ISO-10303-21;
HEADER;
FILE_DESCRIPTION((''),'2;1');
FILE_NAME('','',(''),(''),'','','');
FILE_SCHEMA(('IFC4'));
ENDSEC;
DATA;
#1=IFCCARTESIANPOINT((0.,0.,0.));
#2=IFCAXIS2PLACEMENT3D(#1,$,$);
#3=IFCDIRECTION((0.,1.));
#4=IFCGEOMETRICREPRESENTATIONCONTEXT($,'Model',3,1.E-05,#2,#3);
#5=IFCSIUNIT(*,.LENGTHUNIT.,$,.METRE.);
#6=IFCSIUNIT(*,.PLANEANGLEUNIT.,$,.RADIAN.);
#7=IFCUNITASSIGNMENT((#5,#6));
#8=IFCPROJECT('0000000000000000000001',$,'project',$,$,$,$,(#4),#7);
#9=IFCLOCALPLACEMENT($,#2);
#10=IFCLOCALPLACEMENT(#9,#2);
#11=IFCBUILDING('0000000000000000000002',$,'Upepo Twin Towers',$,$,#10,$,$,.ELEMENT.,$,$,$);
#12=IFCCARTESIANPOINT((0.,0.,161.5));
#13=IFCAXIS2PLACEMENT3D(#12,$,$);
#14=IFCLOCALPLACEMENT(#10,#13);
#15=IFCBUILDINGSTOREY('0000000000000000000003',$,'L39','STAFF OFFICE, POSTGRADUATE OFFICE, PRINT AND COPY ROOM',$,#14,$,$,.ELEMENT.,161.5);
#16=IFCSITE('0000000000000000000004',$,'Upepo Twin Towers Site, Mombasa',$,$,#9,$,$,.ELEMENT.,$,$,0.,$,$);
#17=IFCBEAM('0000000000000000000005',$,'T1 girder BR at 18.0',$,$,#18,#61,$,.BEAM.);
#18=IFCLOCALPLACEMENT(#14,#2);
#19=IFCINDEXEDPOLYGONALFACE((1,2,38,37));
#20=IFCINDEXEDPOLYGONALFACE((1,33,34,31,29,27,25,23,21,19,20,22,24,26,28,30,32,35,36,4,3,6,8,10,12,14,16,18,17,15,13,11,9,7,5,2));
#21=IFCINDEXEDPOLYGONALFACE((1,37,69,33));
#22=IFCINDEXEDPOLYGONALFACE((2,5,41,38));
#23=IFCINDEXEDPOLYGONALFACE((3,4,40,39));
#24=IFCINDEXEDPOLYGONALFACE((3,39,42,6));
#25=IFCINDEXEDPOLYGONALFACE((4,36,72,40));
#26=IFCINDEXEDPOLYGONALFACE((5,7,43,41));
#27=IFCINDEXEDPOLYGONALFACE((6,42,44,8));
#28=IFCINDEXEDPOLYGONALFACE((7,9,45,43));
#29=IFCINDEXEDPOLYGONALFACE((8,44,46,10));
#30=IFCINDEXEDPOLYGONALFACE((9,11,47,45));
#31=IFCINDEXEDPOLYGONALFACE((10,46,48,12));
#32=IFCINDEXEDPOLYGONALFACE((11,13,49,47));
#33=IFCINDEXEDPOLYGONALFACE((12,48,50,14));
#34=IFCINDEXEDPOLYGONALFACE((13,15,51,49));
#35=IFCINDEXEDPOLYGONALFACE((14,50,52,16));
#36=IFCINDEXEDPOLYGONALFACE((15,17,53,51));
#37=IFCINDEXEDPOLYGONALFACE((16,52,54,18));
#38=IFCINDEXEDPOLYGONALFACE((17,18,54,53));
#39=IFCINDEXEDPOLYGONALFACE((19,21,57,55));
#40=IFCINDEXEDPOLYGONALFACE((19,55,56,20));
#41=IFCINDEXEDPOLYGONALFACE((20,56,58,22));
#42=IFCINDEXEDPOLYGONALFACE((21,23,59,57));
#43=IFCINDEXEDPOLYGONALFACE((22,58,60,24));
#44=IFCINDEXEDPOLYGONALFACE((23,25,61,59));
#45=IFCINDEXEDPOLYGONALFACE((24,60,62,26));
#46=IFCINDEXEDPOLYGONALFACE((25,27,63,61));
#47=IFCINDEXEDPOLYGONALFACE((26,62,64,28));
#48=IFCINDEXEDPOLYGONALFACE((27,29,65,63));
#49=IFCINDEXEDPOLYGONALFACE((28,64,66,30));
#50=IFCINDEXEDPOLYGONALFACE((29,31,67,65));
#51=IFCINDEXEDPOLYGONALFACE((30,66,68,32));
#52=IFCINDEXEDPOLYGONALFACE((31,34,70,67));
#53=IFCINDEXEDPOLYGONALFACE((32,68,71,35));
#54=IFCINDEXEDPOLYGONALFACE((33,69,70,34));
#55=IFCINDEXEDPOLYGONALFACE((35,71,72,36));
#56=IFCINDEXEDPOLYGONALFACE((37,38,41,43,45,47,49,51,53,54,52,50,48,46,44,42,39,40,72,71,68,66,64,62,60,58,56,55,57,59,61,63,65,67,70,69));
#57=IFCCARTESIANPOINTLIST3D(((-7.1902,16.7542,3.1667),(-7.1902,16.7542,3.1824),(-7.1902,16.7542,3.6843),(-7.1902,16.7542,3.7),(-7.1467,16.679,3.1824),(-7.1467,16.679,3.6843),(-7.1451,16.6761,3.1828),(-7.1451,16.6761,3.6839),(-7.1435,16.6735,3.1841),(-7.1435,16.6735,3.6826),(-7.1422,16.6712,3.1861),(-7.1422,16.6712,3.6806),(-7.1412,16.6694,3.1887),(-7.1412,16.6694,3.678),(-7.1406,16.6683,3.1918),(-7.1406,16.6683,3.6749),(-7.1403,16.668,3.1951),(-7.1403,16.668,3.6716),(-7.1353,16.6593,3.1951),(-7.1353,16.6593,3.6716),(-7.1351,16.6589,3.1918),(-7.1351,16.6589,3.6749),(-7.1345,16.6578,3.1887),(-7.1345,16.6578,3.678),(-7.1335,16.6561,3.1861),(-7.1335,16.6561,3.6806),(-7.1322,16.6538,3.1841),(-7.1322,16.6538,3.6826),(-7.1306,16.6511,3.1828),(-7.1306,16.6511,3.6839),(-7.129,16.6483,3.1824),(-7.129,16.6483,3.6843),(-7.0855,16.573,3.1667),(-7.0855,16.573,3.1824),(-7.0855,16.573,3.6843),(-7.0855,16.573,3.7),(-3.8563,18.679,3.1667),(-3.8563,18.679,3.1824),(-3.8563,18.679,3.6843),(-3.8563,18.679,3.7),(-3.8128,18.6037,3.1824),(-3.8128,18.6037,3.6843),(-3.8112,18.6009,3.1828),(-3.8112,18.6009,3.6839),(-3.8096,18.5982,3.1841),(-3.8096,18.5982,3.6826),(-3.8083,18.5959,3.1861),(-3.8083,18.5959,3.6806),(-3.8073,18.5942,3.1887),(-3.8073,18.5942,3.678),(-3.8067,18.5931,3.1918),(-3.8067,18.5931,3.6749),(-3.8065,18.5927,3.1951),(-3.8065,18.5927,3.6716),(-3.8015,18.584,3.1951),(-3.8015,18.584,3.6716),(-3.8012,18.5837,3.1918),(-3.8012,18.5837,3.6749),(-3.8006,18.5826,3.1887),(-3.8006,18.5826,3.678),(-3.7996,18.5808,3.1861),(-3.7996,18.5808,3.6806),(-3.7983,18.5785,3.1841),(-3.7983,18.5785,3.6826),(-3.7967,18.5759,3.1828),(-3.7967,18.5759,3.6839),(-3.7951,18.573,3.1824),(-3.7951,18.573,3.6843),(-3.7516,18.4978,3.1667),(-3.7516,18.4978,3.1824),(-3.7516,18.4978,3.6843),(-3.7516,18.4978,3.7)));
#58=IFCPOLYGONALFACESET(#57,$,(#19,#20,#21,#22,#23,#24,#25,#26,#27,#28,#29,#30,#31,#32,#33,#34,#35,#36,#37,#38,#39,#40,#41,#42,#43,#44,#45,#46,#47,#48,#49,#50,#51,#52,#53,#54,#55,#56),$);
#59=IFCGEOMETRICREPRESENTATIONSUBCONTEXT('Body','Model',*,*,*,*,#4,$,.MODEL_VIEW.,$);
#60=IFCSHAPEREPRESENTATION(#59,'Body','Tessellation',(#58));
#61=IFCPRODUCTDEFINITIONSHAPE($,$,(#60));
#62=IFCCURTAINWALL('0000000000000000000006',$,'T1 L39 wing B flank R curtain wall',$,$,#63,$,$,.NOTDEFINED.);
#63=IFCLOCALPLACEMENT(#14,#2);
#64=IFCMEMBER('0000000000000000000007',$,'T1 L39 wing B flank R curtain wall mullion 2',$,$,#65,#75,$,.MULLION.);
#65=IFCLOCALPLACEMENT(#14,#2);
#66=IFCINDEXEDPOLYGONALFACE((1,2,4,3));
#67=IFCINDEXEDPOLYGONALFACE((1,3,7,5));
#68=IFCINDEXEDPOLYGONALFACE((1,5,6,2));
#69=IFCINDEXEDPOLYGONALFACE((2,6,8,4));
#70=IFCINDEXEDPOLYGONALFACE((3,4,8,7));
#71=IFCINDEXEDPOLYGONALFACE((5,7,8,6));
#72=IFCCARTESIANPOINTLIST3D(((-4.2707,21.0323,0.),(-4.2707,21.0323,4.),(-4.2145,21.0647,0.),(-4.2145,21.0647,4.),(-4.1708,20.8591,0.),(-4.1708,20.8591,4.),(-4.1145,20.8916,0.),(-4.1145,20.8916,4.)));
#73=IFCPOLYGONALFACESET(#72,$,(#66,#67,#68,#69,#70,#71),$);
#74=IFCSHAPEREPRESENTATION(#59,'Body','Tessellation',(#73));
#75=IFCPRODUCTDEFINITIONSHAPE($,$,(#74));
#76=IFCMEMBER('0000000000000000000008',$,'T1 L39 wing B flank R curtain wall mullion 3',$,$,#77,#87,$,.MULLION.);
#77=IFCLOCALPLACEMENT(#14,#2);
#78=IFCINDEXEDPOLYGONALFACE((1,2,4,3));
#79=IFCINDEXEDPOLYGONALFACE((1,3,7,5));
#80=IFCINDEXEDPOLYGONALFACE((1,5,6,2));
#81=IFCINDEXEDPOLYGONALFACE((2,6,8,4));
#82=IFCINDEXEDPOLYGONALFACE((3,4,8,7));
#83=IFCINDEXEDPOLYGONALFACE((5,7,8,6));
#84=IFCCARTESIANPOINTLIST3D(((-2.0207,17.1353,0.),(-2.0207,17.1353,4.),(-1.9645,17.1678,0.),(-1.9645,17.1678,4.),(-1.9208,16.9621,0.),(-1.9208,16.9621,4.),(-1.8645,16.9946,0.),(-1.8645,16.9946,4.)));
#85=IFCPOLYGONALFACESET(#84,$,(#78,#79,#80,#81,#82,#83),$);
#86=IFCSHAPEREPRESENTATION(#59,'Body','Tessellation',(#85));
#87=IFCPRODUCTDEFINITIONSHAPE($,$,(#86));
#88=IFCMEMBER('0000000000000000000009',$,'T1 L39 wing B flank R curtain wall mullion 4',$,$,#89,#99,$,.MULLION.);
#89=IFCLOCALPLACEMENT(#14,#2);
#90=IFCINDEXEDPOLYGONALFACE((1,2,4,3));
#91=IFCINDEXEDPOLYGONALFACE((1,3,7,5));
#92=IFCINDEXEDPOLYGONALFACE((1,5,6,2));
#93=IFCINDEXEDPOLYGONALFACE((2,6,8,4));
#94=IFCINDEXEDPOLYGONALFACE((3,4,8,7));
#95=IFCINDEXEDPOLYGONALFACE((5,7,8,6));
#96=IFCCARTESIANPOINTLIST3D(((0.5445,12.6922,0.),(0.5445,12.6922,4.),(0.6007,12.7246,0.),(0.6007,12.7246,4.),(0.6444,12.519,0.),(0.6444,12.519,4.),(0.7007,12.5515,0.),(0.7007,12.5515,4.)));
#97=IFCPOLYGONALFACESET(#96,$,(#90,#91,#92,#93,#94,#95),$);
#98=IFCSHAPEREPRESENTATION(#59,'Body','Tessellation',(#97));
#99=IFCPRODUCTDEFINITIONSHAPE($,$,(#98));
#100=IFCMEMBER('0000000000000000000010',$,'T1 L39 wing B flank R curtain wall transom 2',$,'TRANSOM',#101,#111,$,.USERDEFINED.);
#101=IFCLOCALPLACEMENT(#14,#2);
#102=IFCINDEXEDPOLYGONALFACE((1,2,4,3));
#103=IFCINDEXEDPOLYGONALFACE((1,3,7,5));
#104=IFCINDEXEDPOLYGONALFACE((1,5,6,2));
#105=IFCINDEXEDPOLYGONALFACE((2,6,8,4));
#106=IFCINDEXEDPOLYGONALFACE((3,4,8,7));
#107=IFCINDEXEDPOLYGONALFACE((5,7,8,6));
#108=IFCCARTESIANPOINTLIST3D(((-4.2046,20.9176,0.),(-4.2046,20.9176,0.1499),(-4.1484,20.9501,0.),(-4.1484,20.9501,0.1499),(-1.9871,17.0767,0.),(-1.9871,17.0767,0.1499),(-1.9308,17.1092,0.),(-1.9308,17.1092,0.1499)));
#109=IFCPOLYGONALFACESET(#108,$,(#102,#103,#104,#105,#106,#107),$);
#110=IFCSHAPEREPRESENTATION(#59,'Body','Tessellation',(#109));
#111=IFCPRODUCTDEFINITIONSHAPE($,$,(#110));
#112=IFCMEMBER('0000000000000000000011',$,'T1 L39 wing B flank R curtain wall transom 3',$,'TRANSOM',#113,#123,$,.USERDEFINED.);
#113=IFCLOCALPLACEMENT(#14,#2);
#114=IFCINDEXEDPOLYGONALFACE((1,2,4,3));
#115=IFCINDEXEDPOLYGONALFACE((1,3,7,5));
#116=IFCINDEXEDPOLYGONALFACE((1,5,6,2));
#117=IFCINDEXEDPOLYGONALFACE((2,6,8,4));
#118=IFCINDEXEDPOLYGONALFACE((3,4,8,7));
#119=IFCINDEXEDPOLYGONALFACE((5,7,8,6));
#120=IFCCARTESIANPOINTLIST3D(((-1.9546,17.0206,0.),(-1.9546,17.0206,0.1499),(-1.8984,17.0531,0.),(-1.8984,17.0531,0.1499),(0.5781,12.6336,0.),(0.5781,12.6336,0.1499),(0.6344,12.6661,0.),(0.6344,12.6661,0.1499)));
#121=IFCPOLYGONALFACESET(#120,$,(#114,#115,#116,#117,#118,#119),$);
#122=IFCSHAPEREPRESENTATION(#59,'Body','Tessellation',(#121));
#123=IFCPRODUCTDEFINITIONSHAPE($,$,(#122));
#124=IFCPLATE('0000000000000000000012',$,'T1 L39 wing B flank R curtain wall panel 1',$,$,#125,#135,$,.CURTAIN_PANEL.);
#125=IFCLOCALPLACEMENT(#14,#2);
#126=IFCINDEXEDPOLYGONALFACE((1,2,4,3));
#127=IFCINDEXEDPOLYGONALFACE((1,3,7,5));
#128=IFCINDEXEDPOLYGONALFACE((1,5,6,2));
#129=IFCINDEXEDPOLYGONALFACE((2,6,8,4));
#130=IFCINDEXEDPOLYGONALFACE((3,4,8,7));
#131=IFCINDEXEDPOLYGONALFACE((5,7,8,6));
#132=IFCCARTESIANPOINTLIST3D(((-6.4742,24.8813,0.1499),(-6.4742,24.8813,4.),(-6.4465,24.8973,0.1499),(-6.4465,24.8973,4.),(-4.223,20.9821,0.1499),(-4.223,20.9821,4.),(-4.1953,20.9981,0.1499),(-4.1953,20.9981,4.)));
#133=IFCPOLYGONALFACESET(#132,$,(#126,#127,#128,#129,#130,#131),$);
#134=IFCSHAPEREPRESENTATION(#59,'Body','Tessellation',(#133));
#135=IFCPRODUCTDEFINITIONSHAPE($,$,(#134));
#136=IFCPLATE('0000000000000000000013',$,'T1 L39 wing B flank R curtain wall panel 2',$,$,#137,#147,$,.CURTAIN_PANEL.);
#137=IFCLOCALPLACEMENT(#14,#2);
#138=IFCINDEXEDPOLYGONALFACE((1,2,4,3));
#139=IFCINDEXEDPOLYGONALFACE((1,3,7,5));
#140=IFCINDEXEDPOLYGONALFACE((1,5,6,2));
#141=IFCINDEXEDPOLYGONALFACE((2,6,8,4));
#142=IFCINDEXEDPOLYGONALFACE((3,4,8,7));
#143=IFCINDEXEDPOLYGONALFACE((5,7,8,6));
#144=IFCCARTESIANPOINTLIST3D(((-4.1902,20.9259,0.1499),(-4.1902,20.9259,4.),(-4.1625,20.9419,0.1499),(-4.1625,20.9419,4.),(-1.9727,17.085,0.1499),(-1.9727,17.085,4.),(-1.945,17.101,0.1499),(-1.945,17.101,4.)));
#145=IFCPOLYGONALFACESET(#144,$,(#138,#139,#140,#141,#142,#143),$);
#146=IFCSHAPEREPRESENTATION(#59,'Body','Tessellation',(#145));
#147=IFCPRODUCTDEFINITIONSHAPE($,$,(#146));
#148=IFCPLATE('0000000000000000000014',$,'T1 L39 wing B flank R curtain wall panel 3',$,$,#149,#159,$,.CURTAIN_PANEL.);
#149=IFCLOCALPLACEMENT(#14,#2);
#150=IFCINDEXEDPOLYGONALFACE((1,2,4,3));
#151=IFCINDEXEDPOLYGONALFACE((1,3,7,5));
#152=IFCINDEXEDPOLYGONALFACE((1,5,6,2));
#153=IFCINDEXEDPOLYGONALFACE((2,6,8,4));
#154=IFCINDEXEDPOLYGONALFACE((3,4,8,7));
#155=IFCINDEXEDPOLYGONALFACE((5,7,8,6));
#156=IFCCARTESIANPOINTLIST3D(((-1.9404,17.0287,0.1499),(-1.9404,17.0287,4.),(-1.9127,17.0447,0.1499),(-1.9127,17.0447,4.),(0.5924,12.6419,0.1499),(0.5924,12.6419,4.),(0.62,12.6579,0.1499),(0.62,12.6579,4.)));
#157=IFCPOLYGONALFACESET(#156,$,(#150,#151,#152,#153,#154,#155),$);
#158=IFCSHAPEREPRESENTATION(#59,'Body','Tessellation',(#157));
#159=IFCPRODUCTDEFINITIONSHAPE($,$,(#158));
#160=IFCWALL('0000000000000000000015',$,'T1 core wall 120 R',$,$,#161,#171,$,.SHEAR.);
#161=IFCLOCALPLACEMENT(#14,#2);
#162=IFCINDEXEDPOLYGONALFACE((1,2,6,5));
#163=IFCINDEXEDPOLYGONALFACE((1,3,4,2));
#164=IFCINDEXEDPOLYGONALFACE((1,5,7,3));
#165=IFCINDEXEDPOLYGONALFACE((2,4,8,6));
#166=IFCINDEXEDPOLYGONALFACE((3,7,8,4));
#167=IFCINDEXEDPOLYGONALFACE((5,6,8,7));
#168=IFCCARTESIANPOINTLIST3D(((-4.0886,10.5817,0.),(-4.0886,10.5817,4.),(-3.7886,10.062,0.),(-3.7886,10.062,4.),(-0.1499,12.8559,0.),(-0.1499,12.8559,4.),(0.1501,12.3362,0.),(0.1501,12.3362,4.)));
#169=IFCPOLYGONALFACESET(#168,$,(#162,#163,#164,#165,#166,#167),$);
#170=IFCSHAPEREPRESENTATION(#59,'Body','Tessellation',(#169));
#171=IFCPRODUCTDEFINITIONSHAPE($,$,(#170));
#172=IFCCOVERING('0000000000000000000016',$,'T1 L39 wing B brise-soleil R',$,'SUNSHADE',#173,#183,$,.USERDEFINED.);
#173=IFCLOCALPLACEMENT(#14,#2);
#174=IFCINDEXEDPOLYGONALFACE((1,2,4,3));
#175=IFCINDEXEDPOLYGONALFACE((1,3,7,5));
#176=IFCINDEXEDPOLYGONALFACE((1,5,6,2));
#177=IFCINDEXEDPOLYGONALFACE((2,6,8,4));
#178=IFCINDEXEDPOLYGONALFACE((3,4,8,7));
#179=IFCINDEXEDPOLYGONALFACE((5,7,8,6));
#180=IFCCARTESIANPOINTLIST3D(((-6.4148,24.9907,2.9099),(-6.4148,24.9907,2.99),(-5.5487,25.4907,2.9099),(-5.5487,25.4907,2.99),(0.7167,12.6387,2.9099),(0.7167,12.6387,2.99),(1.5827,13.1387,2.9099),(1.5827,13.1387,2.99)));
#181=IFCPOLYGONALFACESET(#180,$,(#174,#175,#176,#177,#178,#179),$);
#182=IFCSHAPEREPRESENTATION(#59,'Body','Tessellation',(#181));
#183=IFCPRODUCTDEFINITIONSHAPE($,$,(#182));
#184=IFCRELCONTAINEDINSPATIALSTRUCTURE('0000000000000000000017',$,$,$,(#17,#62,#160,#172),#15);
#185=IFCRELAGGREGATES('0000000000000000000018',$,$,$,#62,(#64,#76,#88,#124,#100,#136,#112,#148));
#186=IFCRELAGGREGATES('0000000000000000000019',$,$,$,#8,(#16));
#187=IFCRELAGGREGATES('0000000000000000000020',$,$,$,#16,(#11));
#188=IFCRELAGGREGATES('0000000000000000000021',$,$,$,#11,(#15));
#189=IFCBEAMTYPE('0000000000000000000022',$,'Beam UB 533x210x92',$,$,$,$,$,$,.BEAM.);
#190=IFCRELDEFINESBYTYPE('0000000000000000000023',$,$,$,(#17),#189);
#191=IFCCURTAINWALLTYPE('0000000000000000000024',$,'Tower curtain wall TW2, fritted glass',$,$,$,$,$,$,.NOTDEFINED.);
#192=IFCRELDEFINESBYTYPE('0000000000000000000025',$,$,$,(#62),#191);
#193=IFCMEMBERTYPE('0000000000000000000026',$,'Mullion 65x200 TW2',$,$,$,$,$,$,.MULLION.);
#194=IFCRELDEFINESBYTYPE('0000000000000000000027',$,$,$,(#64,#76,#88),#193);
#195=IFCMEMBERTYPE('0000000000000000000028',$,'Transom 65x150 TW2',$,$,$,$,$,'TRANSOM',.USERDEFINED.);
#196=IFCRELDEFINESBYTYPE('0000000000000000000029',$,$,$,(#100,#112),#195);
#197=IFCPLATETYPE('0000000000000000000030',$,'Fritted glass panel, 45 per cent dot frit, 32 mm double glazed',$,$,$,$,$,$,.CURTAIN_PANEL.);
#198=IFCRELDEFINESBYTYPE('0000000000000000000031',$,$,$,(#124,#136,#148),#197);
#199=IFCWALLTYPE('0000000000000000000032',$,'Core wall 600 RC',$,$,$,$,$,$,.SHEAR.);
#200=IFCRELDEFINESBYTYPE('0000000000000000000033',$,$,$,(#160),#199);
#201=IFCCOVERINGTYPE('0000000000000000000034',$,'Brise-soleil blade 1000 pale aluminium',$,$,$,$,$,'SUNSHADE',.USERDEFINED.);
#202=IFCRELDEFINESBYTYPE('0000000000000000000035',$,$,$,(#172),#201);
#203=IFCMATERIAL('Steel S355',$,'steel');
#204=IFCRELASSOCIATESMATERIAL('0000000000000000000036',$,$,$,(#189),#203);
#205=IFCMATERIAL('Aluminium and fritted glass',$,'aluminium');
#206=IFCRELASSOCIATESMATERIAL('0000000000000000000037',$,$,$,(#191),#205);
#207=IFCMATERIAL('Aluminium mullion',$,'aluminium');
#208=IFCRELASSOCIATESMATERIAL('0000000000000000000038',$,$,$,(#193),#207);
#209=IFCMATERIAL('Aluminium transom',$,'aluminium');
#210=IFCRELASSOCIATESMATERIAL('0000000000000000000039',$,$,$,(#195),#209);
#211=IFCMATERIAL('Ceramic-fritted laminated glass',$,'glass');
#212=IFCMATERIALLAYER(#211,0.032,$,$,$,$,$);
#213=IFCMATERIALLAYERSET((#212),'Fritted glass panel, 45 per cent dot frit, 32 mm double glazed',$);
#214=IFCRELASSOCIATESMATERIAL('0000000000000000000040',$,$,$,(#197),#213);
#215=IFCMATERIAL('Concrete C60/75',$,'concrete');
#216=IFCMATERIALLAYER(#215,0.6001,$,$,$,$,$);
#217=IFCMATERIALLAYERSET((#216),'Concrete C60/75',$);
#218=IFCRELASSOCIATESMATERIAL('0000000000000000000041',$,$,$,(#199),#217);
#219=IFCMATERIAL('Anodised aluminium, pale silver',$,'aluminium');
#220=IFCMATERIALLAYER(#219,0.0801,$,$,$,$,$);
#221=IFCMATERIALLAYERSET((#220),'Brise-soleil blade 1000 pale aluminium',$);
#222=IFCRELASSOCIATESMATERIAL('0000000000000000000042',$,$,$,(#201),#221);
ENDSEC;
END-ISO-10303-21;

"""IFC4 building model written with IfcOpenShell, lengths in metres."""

from ifc_helpers import new_model, si_unit, direction, frame, frame_2d, origin, origin_2d, place, context, subcontext, project, spatial, rectangle, i_section, extrude, material, layer, layer_set, material_profile, profile_set, type_object, element, aggregate, save


model = new_model("IFC4")

# Units and contexts
model_context = context("Model", 3, precision=1e-05, world=origin(), true_north=direction((0.0, 1.0)))
body_context = subcontext(model_context, "Body", "Model", "MODEL_VIEW")
ifc_project = project(units=[si_unit("LENGTHUNIT", "METRE"), si_unit("PLANEANGLEUNIT", "RADIAN")], contexts=[model_context])

# Site, building, storey
site_placement = place(None, origin())
site = spatial("IfcSite", under=ifc_project, at=site_placement, Name="Upepo Twin Towers Site, Mombasa", CompositionType="ELEMENT", RefElevation=0.0)
building_placement = place(site_placement, origin())
building = spatial("IfcBuilding", under=site, at=building_placement, Name="Upepo Twin Towers", CompositionType="ELEMENT")
storey_placement = place(building_placement, frame((0.0, 0.0, 161.5)))
storey = spatial("IfcBuildingStorey", under=building, at=storey_placement, Name="L39", Description="STAFF OFFICE, POSTGRADUATE OFFICE, PRINT AND COPY ROOM", CompositionType="ELEMENT", Elevation=161.5)

# Beam
ifc_material_1 = material(Name="Steel S355", Category="steel")
ifc_material_profile_1 = material_profile(ifc_material_1, i_section(OverallWidth=0.2092, OverallDepth=0.5332, WebThickness=0.01, FlangeThickness=0.0156, FilletRadius=0.0127, at=origin_2d()), Name="UB 533x210x92")
ifc_profile_set_1 = profile_set([ifc_material_profile_1], Name="Steel S355")
beam_type_1 = type_object("IfcBeamType", Name="Beam UB 533x210x92", PredefinedType="BEAM", material=ifc_profile_set_1)
beam_1_placement = place(storey_placement, frame((-3.804, 18.5884, 3.4333), z_axis=(-0.866034, -0.499986, 0.0), x_axis=(0.499986, -0.866034, 0.0)))
element("IfcBeam", 1, at=beam_1_placement, inside=storey, type_object=beam_type_1, Name="T1 girder BR at 18.0", PredefinedType="BEAM", context=body_context, shape_type="SweptSolid", body=[
    extrude(i_section(OverallWidth=0.2092, OverallDepth=0.5332, WebThickness=0.01, FlangeThickness=0.0156, FilletRadius=0.0127, at=origin_2d()), origin(), (0.0, 0.0, 1.0), 3.8496),
])

# Curtain wall, members, plates
ifc_material_2 = material(Name="Aluminium and fritted glass", Category="aluminium")
curtain_wall_type = type_object("IfcCurtainWallType", Name="Tower curtain wall TW2, fritted glass", PredefinedType="NOTDEFINED", material=ifc_material_2)
curtain_wall_placement = place(storey_placement, origin())
curtain_wall = element("IfcCurtainWall", 2, at=curtain_wall_placement, inside=storey, type_object=curtain_wall_type, Name="T1 L39 wing B flank R curtain wall", PredefinedType="NOTDEFINED")
ifc_material_3 = material(Name="Aluminium mullion", Category="aluminium")
ifc_material_profile_2 = material_profile(ifc_material_3, rectangle(XDim=0.0649, YDim=0.2, at=origin_2d()), Name="MULLION 65x200")
ifc_profile_set_2 = profile_set([ifc_material_profile_2], Name="Aluminium mullion")
member_type_1 = type_object("IfcMemberType", Name="Mullion 65x200 TW2", PredefinedType="MULLION", material=ifc_profile_set_2)
member_1_placement = place(storey_placement, frame((-4.1926, 20.9619, 0.0), z_axis=(0.0, 0.0, 1.0), x_axis=(0.866025, 0.5, 0.0)))
member_1 = element("IfcMember", 3, at=member_1_placement, type_object=member_type_1, Name="T1 L39 wing B flank R curtain wall mullion 2", PredefinedType="MULLION", context=body_context, shape_type="SweptSolid", body=[
    extrude(rectangle(XDim=0.0649, YDim=0.2, at=origin_2d()), origin(), (0.0, 0.0, 1.0), 4.0),
])
member_2_placement = place(storey_placement, frame((-1.9426, 17.0649, 0.0), z_axis=(0.0, 0.0, 1.0), x_axis=(0.866025, 0.5, 0.0)))
member_2 = element("IfcMember", 4, at=member_2_placement, type_object=member_type_1, Name="T1 L39 wing B flank R curtain wall mullion 3", PredefinedType="MULLION", context=body_context, shape_type="SweptSolid", body=[
    extrude(rectangle(XDim=0.0649, YDim=0.2, at=origin_2d()), origin(), (0.0, 0.0, 1.0), 4.0),
])
member_3_placement = place(storey_placement, frame((0.6226, 12.6218, 0.0), z_axis=(0.0, 0.0, 1.0), x_axis=(0.866025, 0.5, 0.0)))
member_3 = element("IfcMember", 5, at=member_3_placement, type_object=member_type_1, Name="T1 L39 wing B flank R curtain wall mullion 4", PredefinedType="MULLION", context=body_context, shape_type="SweptSolid", body=[
    extrude(rectangle(XDim=0.0649, YDim=0.2, at=origin_2d()), origin(), (0.0, 0.0, 1.0), 4.0),
])
ifc_material_4 = material(Name="Aluminium transom", Category="aluminium")
ifc_material_profile_3 = material_profile(ifc_material_4, rectangle(XDim=0.0649, YDim=0.1499, at=origin_2d()), Name="TRANSOM 65x150")
ifc_profile_set_3 = profile_set([ifc_material_profile_3], Name="Aluminium transom")
member_type_2 = type_object("IfcMemberType", Name="Transom 65x150 TW2", ElementType="TRANSOM", PredefinedType="USERDEFINED", material=ifc_profile_set_3)
member_4_placement = place(storey_placement, frame((-4.1765, 20.9338, 0.075), z_axis=(0.500005, -0.866022, 0.0), x_axis=(0.866022, 0.500005, 0.0)))
member_4 = element("IfcMember", 6, at=member_4_placement, type_object=member_type_2, Name="T1 L39 wing B flank R curtain wall transom 2", ObjectType="TRANSOM", PredefinedType="USERDEFINED", context=body_context, shape_type="SweptSolid", body=[
    extrude(rectangle(XDim=0.0649, YDim=0.1499, at=origin_2d()), origin(), (0.0, 0.0, 1.0), 4.4351),
])
member_5_placement = place(storey_placement, frame((-1.9265, 17.0369, 0.075), z_axis=(0.499985, -0.866034, 0.0), x_axis=(0.866034, 0.499985, 0.0)))
member_5 = element("IfcMember", 7, at=member_5_placement, type_object=member_type_2, Name="T1 L39 wing B flank R curtain wall transom 3", ObjectType="TRANSOM", PredefinedType="USERDEFINED", context=body_context, shape_type="SweptSolid", body=[
    extrude(rectangle(XDim=0.0649, YDim=0.1499, at=origin_2d()), origin(), (0.0, 0.0, 1.0), 5.0657),
])
ifc_material_5 = material(Name="Ceramic-fritted laminated glass", Category="glass")
ifc_layer_1 = layer(ifc_material_5, 0.032)
ifc_layer_set_1 = layer_set([ifc_layer_1], Name="Fritted glass panel, 45 per cent dot frit, 32 mm double glazed")
plate_type = type_object("IfcPlateType", Name="Fritted glass panel, 45 per cent dot frit, 32 mm double glazed", PredefinedType="CURTAIN_PANEL", material=ifc_layer_set_1)
plate_1_placement = place(storey_placement, frame((-5.3347, 22.9397, 0.1499), z_axis=(0.0, 0.0, 1.0), x_axis=(0.5, -0.866025, 0.0)))
plate_1 = element("IfcPlate", 8, at=plate_1_placement, type_object=plate_type, Name="T1 L39 wing B flank R curtain wall panel 1", PredefinedType="CURTAIN_PANEL", context=body_context, shape_type="SweptSolid", body=[
    extrude(rectangle(XDim=4.5024, YDim=0.032, at=origin_2d()), origin(), (0.0, 0.0, 1.0), 3.8501),
])
plate_2_placement = place(storey_placement, frame((-3.0676, 19.0134, 0.1499), z_axis=(0.0, 0.0, 1.0), x_axis=(0.5, -0.866025, 0.0)))
plate_2 = element("IfcPlate", 9, at=plate_2_placement, type_object=plate_type, Name="T1 L39 wing B flank R curtain wall panel 2", PredefinedType="CURTAIN_PANEL", context=body_context, shape_type="SweptSolid", body=[
    extrude(rectangle(XDim=4.4351, YDim=0.032, at=origin_2d()), origin(), (0.0, 0.0, 1.0), 3.8501),
])
plate_3_placement = place(storey_placement, frame((-0.6602, 14.8433, 0.1499), z_axis=(0.0, 0.0, 1.0), x_axis=(0.5, -0.866025, 0.0)))
plate_3 = element("IfcPlate", 10, at=plate_3_placement, type_object=plate_type, Name="T1 L39 wing B flank R curtain wall panel 3", PredefinedType="CURTAIN_PANEL", context=body_context, shape_type="SweptSolid", body=[
    extrude(rectangle(XDim=5.0654, YDim=0.032, at=origin_2d()), origin(), (0.0, 0.0, 1.0), 3.8501),
])
aggregate(curtain_wall, [member_1, member_2, member_3, plate_1, member_4, plate_2, member_5, plate_3])

# Wall
ifc_material_6 = material(Name="Concrete C60/75", Category="concrete")
ifc_layer_2 = layer(ifc_material_6, 0.6001)
ifc_layer_set_2 = layer_set([ifc_layer_2], Name="Concrete C60/75")
wall_type = type_object("IfcWallType", Name="Core wall 600 RC", PredefinedType="SHEAR", material=ifc_layer_set_2)
wall_placement = place(storey_placement, frame((0.0, 12.5959, 0.0), z_axis=(0.0, 0.0, 1.0), x_axis=(-0.866011, -0.500024, 0.0)))
element("IfcWall", 11, at=wall_placement, inside=storey, type_object=wall_type, Name="T1 core wall 120 R", PredefinedType="SHEAR", context=body_context, shape_type="SweptSolid", body=[
    extrude(rectangle(XDim=4.5481, YDim=0.6001, at=frame_2d((2.2739, 0.0))), origin(), (0.0, 0.0, 1.0), 4.0),
])

# Covering
ifc_material_7 = material(Name="Anodised aluminium, pale silver", Category="aluminium")
ifc_layer_3 = layer(ifc_material_7, 0.0801)
ifc_layer_set_3 = layer_set([ifc_layer_3], Name="Brise-soleil blade 1000 pale aluminium")
covering_type = type_object("IfcCoveringType", Name="Brise-soleil blade 1000 pale aluminium", ElementType="SUNSHADE", PredefinedType="USERDEFINED", material=ifc_layer_set_3)
covering_placement = place(storey_placement, frame((-2.416, 19.0647, 2.9099), z_axis=(0.0, 0.0, 1.0), x_axis=(-0.5, 0.866025, 0.0)))
element("IfcCovering", 12, at=covering_placement, inside=storey, type_object=covering_type, Name="T1 L39 wing B brise-soleil R", ObjectType="SUNSHADE", PredefinedType="USERDEFINED", context=body_context, shape_type="SweptSolid", body=[
    extrude(rectangle(XDim=14.2629, YDim=1.0, at=origin_2d()), origin(), (0.0, 0.0, 1.0), 0.0801),
])

save(model, "model.ifc")
